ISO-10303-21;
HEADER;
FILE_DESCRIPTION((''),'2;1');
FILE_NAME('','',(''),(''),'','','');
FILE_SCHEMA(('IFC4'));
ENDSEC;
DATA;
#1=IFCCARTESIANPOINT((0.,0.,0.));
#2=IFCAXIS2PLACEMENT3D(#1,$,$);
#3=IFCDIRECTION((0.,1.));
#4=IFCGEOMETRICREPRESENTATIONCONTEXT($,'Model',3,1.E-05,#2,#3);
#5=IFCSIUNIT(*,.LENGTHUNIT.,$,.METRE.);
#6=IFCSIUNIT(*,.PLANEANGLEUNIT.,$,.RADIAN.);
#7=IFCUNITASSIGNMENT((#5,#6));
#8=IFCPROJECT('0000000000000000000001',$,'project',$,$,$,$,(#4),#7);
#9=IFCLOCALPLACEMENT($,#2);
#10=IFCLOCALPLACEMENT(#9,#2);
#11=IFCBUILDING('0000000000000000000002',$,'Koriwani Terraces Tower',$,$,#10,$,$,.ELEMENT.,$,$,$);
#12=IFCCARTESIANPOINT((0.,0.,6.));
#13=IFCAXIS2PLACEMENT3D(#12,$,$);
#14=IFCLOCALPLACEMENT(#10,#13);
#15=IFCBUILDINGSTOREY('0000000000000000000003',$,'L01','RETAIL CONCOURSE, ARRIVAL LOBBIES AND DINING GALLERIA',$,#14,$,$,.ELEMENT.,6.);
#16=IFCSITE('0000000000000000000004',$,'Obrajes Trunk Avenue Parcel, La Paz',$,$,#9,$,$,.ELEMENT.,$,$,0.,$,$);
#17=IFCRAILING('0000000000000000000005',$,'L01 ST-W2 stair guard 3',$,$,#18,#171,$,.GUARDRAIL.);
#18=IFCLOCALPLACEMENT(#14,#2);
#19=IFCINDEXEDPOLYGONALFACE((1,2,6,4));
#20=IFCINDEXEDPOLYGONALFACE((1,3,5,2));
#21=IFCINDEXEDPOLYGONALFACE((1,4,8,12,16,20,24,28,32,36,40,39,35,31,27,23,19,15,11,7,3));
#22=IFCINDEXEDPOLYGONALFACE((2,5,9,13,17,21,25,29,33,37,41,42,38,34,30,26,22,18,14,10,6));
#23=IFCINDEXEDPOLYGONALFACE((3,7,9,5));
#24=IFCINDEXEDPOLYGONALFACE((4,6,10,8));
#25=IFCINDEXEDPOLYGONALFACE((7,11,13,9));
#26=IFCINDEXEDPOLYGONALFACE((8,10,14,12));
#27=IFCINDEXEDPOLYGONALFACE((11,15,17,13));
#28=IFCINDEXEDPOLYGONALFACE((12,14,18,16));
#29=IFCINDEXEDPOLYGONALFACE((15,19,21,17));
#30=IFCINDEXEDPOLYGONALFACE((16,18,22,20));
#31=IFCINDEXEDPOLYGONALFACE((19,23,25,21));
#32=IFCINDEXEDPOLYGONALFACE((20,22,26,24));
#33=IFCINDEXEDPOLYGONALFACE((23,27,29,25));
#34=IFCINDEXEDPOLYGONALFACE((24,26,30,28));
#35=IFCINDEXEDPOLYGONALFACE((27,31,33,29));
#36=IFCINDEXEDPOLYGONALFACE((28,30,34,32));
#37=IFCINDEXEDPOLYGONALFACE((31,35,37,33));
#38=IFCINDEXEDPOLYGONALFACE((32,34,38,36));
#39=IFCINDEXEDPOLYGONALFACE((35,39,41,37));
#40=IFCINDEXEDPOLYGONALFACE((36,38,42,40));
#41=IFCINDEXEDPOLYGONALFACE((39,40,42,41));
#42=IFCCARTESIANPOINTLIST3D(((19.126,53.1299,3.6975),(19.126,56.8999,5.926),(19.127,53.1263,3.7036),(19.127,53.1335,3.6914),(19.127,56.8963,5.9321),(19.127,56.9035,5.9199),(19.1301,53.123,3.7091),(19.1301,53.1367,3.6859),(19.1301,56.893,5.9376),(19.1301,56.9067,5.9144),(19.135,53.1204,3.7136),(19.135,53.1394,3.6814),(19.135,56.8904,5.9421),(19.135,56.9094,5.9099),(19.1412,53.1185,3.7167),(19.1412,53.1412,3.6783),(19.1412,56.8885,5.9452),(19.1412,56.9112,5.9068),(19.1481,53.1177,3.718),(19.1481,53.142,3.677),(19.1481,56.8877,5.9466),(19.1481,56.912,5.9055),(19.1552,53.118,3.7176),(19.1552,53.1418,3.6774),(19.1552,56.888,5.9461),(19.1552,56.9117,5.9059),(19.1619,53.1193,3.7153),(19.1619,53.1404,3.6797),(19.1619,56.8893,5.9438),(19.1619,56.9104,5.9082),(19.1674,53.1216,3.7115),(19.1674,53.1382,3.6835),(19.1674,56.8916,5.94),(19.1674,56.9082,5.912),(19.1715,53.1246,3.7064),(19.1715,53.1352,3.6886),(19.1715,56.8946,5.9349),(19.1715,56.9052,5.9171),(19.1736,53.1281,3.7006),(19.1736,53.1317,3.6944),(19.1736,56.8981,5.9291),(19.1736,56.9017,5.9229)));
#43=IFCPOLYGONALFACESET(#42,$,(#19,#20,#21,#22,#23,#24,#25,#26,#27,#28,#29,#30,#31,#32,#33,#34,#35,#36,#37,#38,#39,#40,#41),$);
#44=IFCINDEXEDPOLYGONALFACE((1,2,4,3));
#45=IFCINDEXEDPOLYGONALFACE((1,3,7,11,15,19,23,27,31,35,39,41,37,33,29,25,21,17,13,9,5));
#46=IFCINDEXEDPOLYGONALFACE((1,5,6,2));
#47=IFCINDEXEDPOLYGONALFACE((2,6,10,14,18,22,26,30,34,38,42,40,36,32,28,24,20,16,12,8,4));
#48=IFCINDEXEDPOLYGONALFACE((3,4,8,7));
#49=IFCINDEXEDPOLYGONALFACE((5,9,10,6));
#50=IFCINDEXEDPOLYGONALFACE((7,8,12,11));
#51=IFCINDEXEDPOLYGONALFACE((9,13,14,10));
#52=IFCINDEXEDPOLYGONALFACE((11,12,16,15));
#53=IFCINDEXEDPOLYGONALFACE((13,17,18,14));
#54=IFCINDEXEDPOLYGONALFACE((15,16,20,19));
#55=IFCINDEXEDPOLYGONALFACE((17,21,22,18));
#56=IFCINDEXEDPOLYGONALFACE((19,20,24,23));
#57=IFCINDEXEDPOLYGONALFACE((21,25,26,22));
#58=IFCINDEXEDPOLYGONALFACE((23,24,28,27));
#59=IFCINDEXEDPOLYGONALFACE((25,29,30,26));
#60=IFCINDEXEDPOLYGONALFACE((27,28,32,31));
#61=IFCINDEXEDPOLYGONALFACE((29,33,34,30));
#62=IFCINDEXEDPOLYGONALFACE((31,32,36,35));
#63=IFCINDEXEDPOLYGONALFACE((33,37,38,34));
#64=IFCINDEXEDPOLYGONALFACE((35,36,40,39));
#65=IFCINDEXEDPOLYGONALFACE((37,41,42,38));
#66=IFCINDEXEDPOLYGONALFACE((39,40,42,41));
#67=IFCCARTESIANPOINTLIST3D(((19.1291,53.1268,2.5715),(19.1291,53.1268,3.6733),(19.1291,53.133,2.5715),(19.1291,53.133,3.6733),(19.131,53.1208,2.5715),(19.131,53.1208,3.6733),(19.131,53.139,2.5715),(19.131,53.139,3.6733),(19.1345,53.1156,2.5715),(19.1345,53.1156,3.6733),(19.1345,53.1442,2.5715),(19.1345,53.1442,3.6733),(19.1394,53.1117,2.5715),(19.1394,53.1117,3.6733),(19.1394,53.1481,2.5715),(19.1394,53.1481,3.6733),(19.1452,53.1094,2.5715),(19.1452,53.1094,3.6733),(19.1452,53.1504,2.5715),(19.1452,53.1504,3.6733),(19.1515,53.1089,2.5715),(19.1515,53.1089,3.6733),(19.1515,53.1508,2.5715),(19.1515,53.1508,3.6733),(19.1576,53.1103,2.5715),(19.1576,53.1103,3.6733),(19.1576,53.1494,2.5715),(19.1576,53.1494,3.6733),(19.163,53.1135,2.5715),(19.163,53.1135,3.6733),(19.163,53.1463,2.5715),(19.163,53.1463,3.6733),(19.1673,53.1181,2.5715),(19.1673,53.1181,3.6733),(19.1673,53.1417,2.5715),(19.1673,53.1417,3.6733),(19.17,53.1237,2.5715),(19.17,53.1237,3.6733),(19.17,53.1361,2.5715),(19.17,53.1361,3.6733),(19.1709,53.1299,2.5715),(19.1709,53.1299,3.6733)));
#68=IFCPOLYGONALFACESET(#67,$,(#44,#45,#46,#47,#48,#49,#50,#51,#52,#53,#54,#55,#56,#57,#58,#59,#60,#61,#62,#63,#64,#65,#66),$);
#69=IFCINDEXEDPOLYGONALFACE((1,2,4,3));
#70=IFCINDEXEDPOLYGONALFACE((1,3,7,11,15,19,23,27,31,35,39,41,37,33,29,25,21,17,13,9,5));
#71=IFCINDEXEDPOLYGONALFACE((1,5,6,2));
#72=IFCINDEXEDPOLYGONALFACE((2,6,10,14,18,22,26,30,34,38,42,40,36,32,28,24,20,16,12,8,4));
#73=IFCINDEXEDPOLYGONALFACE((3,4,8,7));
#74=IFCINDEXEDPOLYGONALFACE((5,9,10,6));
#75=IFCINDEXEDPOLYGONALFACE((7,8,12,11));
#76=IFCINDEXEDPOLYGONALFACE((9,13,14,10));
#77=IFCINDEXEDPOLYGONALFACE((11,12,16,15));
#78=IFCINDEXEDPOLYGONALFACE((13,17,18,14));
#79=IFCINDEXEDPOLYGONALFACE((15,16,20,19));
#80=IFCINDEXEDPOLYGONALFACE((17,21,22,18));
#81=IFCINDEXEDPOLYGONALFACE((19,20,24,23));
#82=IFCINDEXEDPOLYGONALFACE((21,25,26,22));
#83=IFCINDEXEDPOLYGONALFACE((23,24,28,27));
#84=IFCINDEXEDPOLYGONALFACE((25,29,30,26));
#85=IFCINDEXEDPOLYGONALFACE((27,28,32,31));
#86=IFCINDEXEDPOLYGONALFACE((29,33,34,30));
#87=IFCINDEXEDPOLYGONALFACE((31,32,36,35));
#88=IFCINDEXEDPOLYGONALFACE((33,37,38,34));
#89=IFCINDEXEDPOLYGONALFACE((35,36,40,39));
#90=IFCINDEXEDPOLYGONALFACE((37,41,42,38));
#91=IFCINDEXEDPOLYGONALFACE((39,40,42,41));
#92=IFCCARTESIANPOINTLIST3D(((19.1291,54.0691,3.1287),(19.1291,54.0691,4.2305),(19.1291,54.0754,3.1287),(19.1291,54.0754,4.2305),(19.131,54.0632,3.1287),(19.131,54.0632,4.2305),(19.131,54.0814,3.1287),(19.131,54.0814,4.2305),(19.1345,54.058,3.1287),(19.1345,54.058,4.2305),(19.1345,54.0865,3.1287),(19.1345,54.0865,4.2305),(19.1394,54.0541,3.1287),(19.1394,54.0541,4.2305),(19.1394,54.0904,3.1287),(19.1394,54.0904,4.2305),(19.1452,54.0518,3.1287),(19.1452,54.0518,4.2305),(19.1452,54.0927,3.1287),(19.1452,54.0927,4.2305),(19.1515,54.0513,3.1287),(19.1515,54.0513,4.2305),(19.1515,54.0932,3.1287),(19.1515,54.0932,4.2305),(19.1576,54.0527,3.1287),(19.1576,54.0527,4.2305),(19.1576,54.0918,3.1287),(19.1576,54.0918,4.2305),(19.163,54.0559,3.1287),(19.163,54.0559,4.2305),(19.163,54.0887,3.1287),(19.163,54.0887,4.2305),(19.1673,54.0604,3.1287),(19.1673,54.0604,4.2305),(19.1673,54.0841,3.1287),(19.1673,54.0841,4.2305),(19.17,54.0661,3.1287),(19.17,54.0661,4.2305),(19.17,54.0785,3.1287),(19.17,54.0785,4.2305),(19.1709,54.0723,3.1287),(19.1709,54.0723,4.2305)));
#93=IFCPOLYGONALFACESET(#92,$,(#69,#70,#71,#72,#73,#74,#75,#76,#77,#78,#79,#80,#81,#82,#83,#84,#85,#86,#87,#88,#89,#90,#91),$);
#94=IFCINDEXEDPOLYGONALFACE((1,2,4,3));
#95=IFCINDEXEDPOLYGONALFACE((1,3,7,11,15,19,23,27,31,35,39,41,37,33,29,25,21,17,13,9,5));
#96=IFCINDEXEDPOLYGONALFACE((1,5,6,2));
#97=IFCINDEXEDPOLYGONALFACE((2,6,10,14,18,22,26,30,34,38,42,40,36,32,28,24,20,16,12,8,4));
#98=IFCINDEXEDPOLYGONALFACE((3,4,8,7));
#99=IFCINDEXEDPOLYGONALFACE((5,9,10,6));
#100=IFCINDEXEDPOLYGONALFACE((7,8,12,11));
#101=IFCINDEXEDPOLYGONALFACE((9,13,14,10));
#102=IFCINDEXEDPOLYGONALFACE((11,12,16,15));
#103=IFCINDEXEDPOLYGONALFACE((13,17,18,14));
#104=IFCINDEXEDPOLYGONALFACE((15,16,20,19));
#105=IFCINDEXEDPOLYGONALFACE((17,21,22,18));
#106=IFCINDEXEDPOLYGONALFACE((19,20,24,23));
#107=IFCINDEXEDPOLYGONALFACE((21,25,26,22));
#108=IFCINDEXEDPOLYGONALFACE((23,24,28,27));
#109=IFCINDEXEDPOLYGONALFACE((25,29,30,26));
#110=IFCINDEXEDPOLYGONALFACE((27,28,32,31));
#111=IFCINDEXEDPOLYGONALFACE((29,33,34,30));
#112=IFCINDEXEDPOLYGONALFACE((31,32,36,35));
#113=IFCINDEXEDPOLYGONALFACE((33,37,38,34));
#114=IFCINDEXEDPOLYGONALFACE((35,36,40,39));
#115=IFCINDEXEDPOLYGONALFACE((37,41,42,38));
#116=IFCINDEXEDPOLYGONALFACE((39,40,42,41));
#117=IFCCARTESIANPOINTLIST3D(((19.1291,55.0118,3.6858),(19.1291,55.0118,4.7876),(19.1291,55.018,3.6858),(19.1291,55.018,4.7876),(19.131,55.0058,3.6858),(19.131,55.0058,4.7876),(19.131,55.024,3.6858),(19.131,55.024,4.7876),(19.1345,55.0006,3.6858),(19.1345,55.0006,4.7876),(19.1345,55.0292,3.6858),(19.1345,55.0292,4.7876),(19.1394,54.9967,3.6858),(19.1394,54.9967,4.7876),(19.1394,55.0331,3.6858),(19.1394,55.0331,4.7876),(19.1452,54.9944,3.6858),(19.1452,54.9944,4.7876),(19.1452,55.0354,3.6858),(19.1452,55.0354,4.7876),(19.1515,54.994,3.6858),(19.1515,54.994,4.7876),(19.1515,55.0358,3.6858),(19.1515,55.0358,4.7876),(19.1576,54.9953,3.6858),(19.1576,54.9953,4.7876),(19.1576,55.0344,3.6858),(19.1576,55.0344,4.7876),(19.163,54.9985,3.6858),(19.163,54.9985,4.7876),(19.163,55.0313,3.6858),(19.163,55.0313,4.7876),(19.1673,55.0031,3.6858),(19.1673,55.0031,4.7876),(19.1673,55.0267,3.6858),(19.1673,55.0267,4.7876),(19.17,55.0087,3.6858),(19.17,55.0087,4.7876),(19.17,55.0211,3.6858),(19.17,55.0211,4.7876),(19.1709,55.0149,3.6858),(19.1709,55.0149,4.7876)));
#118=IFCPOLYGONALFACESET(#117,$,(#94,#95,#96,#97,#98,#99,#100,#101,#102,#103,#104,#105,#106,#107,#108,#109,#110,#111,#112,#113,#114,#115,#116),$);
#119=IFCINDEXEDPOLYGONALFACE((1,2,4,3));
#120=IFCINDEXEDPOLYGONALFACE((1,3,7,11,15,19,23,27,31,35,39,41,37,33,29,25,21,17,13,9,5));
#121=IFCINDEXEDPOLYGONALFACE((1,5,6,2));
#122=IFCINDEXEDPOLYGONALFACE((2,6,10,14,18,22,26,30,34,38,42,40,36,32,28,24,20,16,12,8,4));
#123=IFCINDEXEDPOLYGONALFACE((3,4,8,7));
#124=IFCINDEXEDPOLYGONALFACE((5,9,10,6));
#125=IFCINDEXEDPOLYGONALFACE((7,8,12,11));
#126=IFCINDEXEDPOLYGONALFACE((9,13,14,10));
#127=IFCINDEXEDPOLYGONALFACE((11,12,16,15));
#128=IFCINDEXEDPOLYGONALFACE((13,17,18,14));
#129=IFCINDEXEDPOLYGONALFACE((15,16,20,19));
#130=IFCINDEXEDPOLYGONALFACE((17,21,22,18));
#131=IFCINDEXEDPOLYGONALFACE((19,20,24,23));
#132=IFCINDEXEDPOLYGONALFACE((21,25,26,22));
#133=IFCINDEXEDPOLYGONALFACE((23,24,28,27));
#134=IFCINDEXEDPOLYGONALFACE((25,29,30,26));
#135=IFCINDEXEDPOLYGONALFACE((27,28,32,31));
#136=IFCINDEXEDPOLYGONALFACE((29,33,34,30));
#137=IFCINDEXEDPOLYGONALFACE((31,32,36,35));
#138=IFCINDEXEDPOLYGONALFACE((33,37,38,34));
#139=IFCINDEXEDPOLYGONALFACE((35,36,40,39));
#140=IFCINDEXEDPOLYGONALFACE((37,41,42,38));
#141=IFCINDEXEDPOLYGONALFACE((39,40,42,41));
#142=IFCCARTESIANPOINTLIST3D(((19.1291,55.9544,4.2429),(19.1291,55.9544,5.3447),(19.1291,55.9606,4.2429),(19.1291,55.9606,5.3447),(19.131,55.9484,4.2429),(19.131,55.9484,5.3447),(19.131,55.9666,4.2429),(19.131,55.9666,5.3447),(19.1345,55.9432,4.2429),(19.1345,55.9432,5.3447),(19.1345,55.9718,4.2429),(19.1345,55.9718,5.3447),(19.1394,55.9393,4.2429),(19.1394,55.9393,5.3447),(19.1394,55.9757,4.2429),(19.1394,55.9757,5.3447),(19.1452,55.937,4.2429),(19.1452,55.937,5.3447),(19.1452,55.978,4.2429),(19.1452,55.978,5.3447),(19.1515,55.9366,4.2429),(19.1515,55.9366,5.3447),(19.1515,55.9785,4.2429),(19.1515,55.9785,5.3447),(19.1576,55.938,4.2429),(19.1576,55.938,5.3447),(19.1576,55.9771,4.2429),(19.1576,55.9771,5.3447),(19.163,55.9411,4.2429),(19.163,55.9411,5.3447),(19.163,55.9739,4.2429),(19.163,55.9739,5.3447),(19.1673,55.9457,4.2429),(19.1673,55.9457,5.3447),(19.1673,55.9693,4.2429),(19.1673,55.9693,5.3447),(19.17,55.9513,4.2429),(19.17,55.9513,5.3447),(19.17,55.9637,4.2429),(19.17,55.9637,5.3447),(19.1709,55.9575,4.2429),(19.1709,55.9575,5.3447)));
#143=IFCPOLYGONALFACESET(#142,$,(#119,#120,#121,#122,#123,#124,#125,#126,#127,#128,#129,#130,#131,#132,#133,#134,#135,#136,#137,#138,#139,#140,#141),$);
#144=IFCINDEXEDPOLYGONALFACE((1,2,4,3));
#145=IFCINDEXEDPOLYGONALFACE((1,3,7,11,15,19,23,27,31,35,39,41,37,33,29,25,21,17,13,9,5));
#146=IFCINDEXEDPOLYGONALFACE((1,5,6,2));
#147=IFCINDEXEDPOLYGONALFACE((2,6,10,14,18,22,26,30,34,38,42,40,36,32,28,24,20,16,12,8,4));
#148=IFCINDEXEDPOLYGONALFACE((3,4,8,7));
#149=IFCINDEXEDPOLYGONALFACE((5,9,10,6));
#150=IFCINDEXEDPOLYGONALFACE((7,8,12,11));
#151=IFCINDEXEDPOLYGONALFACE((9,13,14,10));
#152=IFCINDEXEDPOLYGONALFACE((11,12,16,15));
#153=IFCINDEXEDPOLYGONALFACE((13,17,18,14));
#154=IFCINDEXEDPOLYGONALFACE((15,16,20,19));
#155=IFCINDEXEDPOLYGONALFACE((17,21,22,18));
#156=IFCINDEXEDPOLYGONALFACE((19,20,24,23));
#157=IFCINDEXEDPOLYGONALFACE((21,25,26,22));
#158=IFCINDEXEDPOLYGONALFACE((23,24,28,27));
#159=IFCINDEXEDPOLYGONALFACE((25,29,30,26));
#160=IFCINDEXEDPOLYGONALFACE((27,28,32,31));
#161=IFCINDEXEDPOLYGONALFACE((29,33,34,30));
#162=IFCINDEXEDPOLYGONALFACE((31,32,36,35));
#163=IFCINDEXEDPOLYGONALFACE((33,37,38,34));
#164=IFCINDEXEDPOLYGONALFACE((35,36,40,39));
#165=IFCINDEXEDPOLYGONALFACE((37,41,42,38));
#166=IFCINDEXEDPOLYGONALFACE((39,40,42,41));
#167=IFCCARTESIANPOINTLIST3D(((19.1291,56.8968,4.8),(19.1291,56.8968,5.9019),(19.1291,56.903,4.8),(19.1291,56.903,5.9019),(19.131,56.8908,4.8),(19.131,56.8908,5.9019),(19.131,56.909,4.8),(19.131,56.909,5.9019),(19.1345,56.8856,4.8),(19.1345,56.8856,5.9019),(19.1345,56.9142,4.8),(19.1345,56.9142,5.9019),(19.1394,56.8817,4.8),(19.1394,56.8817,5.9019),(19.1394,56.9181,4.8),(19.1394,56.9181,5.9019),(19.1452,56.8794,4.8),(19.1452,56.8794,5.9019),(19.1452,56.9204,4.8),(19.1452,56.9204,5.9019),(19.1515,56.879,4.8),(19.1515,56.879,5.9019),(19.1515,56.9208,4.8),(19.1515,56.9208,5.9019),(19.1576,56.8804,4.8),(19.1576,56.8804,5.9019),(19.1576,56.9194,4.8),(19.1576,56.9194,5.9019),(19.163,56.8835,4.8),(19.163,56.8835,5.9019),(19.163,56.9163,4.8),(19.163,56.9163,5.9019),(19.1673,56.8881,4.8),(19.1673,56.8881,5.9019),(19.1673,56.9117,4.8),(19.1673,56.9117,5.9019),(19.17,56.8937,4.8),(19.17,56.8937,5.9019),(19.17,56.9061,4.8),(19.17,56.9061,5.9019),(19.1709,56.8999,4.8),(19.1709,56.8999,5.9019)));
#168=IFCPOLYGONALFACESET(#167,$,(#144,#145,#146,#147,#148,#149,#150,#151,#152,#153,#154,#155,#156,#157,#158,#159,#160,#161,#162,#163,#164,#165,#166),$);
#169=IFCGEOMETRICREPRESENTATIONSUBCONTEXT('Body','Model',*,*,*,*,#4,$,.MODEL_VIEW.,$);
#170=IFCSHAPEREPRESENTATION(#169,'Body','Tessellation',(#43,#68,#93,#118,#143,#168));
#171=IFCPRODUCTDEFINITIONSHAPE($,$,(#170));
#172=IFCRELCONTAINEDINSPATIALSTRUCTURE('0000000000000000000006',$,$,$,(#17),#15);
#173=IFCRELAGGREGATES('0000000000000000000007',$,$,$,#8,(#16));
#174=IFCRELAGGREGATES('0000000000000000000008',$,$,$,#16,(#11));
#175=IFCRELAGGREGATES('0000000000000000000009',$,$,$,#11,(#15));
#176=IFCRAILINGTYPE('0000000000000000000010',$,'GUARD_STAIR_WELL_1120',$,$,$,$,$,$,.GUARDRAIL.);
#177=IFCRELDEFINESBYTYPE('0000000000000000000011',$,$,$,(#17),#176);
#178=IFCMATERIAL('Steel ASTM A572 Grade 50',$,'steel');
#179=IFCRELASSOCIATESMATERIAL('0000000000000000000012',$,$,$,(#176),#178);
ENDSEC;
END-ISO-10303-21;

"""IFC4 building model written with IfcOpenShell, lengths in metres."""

from ifc_helpers import new_model, si_unit, direction, frame, origin, origin_2d, place, context, subcontext, project, spatial, circle, extrude, material, type_object, element, save


model = new_model("IFC4")

# Units and contexts
model_context = context("Model", 3, precision=1e-05, world=origin(), true_north=direction((0.0, 1.0)))
body_context = subcontext(model_context, "Body", "Model", "MODEL_VIEW")
ifc_project = project(units=[si_unit("LENGTHUNIT", "METRE"), si_unit("PLANEANGLEUNIT", "RADIAN")], contexts=[model_context])

# Site, building, storey
site_placement = place(None, origin())
site = spatial("IfcSite", under=ifc_project, at=site_placement, Name="Obrajes Trunk Avenue Parcel, La Paz", CompositionType="ELEMENT", RefElevation=0.0)
building_placement = place(site_placement, origin())
building = spatial("IfcBuilding", under=site, at=building_placement, Name="Koriwani Terraces Tower", CompositionType="ELEMENT")
storey_placement = place(building_placement, frame((0.0, 0.0, 6.0)))
storey = spatial("IfcBuildingStorey", under=building, at=storey_placement, Name="L01", Description="RETAIL CONCOURSE, ARRIVAL LOBBIES AND DINING GALLERIA", CompositionType="ELEMENT", Elevation=6.0)

# Shared definitions
ifc_material_1 = material(Name="Steel ASTM A572 Grade 50", Category="steel")

# Railing
railing_type_1 = type_object("IfcRailingType", Name="GUARD_STAIR_WELL_1120", PredefinedType="GUARDRAIL", material=ifc_material_1)
railing_1_placement = place(storey_placement, frame((19.1499, 53.1299, 2.5715)))
element("IfcRailing", 1, at=railing_1_placement, inside=storey, type_object=railing_type_1, Name="L01 ST-W2 stair guard 3", PredefinedType="GUARDRAIL", context=body_context, shape_type="SweptSolid", body=[
    extrude(circle(Radius=0.0239, at=origin_2d()), frame((0.0, 0.0, 1.126), z_axis=(0.0, 0.860849, 0.508861), x_axis=(-1.0, 0.0, 0.0)), (0.0, 0.0, 1.0), 4.3794),
    extrude(circle(Radius=0.021, at=origin_2d()), origin(), (0.0, 0.0, 1.0), 1.1018),
    extrude(circle(Radius=0.021, at=origin_2d()), frame((0.0, 0.9424, 0.5571)), (0.0, 0.0, 1.0), 1.1018),
    extrude(circle(Radius=0.021, at=origin_2d()), frame((0.0, 1.885, 1.1143)), (0.0, 0.0, 1.0), 1.1018),
    extrude(circle(Radius=0.021, at=origin_2d()), frame((0.0, 2.8276, 1.6714)), (0.0, 0.0, 1.0), 1.1018),
    extrude(circle(Radius=0.021, at=origin_2d()), frame((0.0, 3.77, 2.2285)), (0.0, 0.0, 1.0), 1.1018),
])

save(model, "model.ifc")
